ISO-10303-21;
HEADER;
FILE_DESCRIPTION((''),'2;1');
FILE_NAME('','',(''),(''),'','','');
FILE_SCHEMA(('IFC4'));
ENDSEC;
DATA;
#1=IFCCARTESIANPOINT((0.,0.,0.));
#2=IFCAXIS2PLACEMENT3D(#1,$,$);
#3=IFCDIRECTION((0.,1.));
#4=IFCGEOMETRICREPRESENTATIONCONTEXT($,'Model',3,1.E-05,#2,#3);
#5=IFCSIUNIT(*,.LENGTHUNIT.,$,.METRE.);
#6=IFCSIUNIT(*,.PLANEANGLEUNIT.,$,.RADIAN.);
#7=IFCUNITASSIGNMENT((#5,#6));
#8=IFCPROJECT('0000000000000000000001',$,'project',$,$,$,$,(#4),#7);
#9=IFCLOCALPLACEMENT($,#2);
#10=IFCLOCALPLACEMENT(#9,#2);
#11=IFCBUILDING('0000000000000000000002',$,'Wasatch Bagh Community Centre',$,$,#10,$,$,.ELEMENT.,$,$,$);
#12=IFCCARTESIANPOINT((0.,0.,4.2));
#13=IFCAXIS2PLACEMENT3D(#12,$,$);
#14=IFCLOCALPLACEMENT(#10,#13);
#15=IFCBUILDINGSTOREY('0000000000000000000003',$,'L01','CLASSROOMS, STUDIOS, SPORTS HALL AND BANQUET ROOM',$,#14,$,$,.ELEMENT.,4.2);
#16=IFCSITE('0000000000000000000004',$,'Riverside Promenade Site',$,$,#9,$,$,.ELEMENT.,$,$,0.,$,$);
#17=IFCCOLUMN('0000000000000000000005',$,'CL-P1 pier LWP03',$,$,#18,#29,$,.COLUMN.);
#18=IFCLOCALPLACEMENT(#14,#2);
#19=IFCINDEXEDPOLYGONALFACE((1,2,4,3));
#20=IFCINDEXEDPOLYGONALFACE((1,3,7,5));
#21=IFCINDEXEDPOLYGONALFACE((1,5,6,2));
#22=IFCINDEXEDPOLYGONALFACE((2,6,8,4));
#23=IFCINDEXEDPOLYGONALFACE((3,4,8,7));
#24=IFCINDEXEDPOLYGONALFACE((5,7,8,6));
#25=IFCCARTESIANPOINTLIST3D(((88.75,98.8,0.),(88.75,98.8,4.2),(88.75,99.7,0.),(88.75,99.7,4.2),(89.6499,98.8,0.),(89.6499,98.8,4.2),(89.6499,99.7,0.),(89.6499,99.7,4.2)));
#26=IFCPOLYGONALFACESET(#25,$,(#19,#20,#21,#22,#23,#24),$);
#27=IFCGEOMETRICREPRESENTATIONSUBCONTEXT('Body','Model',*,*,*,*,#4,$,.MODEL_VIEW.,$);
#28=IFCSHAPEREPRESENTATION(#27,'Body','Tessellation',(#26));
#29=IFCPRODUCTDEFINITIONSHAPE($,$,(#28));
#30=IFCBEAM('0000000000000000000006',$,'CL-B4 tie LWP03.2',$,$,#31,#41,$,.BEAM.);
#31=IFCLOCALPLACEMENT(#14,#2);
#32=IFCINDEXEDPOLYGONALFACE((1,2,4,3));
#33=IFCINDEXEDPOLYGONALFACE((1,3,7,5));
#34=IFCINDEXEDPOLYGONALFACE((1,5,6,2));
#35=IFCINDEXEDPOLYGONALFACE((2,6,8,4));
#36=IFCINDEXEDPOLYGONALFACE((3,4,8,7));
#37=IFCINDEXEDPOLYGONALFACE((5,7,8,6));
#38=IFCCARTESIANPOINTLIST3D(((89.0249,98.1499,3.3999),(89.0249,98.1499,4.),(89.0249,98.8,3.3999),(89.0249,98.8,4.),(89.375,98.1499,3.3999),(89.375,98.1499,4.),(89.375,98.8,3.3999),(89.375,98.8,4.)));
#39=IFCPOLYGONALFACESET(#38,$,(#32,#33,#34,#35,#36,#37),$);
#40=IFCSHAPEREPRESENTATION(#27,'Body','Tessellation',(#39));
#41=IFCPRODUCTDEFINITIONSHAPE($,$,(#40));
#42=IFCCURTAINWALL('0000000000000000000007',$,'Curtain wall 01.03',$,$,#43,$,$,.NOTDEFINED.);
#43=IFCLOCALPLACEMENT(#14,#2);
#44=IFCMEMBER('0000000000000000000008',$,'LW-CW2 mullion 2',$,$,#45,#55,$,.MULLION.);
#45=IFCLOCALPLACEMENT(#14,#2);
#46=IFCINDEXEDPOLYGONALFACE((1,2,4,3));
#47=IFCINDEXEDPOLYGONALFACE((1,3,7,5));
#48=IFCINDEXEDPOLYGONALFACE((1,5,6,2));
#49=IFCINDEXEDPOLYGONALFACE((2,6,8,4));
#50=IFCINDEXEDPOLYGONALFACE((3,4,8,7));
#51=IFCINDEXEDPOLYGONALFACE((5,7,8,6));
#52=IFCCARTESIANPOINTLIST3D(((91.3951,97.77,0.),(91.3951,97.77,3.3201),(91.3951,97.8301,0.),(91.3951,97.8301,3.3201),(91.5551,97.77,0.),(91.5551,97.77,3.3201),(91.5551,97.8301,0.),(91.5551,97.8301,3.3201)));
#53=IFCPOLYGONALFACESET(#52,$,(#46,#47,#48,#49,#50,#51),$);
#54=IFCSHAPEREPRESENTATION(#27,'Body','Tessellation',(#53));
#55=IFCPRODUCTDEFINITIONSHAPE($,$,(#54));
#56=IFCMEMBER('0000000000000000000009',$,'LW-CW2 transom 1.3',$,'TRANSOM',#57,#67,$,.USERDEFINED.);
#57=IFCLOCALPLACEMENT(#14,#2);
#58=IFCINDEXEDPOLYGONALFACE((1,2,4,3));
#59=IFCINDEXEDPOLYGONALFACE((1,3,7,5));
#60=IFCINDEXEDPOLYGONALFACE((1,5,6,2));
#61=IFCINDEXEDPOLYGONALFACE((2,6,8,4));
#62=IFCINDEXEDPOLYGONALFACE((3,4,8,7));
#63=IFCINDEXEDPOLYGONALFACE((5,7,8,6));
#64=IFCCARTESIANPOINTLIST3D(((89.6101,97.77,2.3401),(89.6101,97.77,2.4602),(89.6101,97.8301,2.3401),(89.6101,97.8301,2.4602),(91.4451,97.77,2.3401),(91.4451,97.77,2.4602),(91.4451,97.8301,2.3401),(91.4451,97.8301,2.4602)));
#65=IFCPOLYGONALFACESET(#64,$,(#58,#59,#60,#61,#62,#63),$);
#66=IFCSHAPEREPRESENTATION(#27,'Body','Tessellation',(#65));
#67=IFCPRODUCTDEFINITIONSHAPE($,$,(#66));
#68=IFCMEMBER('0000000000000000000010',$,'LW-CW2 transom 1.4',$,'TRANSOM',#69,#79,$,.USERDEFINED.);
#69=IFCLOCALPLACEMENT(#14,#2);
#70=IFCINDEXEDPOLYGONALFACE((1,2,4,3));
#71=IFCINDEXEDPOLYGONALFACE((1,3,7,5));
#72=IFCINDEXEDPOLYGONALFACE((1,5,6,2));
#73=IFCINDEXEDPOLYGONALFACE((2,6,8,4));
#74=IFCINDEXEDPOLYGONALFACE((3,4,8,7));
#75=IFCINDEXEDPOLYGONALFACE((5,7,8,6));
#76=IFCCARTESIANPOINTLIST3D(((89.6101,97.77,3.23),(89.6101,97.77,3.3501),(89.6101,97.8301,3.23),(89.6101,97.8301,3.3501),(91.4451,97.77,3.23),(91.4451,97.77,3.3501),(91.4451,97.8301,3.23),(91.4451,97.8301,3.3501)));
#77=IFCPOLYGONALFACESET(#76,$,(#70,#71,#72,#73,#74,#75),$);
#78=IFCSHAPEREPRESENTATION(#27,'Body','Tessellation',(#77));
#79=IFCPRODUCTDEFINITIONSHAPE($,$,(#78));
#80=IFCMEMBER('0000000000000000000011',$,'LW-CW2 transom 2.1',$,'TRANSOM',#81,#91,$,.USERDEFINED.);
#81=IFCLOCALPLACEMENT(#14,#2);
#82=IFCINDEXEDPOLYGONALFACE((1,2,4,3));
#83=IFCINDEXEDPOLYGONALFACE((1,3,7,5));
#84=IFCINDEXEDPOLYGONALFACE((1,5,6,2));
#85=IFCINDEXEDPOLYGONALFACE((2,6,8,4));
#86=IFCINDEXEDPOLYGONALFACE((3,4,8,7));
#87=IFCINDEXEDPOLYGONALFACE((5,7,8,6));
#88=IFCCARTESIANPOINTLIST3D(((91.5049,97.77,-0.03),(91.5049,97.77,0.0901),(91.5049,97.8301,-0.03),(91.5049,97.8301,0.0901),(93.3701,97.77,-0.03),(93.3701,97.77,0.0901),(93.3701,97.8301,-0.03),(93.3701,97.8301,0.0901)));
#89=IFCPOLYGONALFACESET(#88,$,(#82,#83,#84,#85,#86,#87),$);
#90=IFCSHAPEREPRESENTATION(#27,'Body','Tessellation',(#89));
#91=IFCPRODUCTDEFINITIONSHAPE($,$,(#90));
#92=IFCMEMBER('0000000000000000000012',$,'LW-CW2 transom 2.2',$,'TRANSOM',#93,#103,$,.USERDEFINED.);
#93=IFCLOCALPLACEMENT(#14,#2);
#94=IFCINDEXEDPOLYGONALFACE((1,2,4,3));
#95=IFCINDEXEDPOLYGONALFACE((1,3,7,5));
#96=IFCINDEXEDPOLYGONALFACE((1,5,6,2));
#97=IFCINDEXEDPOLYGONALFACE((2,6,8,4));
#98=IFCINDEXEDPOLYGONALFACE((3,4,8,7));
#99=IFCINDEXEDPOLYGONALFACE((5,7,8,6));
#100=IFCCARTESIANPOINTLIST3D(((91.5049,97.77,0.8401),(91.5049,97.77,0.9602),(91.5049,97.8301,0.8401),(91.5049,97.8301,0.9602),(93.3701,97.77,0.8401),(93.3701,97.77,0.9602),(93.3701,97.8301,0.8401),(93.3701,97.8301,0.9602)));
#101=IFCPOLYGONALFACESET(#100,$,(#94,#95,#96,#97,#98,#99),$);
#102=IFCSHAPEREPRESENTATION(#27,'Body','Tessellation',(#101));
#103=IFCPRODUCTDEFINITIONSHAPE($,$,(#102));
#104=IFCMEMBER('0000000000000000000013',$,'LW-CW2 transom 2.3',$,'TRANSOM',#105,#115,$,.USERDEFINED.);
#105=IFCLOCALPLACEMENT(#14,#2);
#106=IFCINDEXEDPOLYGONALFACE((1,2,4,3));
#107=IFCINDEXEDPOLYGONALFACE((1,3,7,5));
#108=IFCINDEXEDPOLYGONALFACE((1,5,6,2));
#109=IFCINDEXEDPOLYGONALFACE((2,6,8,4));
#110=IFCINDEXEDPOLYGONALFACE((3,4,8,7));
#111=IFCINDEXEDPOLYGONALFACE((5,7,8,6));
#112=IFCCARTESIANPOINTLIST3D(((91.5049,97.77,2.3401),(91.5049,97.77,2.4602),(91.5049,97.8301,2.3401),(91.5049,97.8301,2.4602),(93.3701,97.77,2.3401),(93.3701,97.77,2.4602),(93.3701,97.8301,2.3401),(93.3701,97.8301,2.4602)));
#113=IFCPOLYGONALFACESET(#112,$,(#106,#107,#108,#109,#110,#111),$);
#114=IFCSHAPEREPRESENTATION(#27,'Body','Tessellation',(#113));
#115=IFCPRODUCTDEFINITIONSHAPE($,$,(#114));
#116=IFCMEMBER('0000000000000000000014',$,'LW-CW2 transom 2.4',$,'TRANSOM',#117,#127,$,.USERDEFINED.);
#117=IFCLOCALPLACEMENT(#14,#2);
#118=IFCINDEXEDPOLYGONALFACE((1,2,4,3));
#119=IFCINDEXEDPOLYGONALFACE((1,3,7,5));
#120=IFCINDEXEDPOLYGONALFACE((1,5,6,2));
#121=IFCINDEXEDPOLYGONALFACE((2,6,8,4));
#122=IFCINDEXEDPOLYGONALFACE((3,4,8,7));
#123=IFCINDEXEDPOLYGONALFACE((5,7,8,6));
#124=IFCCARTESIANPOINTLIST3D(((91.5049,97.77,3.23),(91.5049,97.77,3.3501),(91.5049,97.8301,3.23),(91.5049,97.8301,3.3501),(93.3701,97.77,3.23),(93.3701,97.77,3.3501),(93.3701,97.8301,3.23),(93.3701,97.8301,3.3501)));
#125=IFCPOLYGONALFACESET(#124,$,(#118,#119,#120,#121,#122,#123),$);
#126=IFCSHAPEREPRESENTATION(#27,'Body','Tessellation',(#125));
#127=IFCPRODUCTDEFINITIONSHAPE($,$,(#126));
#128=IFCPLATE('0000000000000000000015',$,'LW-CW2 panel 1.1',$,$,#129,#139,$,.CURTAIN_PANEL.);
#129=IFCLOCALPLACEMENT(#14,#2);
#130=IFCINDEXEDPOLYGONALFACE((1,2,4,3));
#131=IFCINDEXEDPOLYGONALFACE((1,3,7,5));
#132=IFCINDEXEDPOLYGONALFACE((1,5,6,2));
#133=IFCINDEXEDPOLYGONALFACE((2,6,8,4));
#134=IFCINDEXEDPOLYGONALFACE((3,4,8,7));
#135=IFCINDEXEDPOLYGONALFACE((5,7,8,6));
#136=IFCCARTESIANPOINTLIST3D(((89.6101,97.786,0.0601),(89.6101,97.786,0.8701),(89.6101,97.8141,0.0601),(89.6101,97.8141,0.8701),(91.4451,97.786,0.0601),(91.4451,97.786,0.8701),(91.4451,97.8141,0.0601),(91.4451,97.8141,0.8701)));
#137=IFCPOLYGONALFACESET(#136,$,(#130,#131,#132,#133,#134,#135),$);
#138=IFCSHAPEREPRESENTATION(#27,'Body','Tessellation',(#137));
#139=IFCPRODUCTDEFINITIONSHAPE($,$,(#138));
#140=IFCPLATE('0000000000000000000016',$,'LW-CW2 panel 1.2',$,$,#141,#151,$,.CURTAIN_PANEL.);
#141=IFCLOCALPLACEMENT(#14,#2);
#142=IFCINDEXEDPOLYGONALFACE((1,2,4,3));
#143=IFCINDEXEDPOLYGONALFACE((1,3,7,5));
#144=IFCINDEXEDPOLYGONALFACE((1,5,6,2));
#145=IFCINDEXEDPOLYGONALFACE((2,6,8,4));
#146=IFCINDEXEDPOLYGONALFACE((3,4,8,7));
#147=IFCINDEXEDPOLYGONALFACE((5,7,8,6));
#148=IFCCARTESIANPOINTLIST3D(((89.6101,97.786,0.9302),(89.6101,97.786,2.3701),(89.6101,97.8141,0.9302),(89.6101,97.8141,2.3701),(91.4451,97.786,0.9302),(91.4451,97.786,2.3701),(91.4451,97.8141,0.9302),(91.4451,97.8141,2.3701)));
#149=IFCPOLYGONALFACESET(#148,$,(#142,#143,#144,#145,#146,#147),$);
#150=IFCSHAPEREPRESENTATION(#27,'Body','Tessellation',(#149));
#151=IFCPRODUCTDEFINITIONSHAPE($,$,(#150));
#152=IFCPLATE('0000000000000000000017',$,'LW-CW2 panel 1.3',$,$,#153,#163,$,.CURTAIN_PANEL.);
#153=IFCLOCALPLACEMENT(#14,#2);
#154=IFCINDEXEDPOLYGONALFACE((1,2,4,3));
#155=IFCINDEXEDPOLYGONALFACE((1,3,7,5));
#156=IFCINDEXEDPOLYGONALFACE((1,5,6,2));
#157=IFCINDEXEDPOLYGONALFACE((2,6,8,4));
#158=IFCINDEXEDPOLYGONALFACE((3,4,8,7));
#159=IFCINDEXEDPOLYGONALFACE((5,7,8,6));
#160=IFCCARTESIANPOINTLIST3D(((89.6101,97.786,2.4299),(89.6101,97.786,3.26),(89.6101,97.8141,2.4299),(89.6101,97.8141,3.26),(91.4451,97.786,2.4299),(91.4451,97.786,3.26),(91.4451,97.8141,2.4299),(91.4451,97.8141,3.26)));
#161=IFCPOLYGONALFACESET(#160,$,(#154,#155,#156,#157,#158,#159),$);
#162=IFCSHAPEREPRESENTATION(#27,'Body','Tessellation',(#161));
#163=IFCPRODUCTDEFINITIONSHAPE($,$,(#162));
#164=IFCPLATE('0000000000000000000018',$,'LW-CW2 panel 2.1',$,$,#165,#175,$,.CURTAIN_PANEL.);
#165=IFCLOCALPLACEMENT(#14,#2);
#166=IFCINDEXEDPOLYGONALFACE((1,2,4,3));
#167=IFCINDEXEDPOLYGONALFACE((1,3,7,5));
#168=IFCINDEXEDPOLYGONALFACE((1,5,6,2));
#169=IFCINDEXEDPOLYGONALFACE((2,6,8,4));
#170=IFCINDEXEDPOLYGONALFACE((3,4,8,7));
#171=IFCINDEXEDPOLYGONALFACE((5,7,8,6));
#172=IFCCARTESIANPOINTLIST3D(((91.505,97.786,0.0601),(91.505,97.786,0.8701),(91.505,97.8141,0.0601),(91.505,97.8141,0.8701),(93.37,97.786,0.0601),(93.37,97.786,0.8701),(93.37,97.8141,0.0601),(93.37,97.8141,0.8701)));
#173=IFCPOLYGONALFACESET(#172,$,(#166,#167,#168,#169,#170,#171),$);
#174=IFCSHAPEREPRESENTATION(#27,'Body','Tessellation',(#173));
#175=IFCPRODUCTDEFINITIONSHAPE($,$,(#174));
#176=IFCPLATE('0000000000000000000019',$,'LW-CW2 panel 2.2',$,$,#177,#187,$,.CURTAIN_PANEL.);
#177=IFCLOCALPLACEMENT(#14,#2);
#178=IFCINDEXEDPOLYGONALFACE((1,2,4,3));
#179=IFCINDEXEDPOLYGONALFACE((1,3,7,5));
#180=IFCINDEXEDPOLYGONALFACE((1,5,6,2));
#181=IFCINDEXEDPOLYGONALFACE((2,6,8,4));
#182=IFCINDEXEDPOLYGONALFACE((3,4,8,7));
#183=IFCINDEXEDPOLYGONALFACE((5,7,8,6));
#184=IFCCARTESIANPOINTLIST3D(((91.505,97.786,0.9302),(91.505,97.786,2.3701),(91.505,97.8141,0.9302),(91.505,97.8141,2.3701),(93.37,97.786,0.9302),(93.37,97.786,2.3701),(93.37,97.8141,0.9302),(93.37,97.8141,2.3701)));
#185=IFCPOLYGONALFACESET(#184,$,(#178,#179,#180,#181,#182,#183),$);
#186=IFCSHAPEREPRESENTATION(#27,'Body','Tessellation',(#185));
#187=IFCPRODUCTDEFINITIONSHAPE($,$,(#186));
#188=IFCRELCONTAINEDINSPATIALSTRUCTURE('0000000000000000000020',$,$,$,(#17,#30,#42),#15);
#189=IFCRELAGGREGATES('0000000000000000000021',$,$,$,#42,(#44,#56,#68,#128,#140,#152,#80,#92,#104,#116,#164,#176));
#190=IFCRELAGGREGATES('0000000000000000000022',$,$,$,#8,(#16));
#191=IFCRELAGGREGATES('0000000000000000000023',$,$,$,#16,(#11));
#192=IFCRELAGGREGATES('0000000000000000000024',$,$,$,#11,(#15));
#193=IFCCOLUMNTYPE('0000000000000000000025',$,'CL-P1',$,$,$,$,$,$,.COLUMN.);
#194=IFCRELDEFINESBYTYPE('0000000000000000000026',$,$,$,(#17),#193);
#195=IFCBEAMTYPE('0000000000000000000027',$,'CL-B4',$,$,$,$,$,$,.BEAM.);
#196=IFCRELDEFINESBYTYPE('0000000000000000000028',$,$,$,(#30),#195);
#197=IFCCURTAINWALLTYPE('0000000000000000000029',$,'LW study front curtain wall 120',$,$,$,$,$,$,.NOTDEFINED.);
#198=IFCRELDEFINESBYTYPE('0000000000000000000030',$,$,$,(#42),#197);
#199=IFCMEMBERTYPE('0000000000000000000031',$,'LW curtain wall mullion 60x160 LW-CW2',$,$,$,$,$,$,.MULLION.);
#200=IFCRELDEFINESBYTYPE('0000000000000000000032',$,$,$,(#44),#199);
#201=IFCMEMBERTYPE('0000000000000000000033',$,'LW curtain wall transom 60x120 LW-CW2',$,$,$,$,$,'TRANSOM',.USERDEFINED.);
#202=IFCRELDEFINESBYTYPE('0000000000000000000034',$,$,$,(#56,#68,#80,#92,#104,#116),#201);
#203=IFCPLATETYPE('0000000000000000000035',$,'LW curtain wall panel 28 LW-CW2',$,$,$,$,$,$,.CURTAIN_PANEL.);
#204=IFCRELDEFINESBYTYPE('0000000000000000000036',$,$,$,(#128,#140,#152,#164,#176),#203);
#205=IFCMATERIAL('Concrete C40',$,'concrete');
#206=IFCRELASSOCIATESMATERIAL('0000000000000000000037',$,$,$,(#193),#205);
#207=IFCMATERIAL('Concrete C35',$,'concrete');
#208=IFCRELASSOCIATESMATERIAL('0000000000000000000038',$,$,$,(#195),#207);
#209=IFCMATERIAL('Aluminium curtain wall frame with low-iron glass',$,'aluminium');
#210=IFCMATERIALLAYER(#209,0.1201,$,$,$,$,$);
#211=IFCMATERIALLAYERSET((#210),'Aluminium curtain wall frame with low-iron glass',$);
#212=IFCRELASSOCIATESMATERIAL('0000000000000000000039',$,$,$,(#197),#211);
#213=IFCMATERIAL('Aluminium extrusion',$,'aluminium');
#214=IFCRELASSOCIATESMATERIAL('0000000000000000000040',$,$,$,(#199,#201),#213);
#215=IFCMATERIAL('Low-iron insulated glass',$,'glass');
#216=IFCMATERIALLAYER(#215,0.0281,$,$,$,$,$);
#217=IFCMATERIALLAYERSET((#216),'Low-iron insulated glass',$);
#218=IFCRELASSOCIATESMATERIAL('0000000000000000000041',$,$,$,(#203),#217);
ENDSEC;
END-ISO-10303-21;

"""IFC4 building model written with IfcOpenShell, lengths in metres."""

from ifc_helpers import new_model, si_unit, direction, frame, origin, origin_2d, place, context, subcontext, project, spatial, rectangle, extrude, material, layer, layer_set, material_profile, profile_set, type_object, element, aggregate, save


model = new_model("IFC4")

# Units and contexts
model_context = context("Model", 3, precision=1e-05, world=origin(), true_north=direction((0.0, 1.0)))
body_context = subcontext(model_context, "Body", "Model", "MODEL_VIEW")
ifc_project = project(units=[si_unit("LENGTHUNIT", "METRE"), si_unit("PLANEANGLEUNIT", "RADIAN")], contexts=[model_context])

# Site, building, storey
site_placement = place(None, origin())
site = spatial("IfcSite", under=ifc_project, at=site_placement, Name="Riverside Promenade Site", CompositionType="ELEMENT", RefElevation=0.0)
building_placement = place(site_placement, origin())
building = spatial("IfcBuilding", under=site, at=building_placement, Name="Wasatch Bagh Community Centre", CompositionType="ELEMENT")
storey_placement = place(building_placement, frame((0.0, 0.0, 4.2)))
storey = spatial("IfcBuildingStorey", under=building, at=storey_placement, Name="L01", Description="CLASSROOMS, STUDIOS, SPORTS HALL AND BANQUET ROOM", CompositionType="ELEMENT", Elevation=4.2)

# Column
ifc_material_1 = material(Name="Concrete C40", Category="concrete")
ifc_material_profile_1 = material_profile(ifc_material_1, rectangle(XDim=0.8999, YDim=0.8999, at=origin_2d()), Name="RC 900x900")
ifc_profile_set_1 = profile_set([ifc_material_profile_1], Name="Concrete C40")
column_type = type_object("IfcColumnType", Name="CL-P1", PredefinedType="COLUMN", material=ifc_profile_set_1)
column_placement = place(storey_placement, frame((89.2, 99.25, 0.0), z_axis=(0.0, 0.0, 1.0), x_axis=(1.0, 0.0, 0.0)))
element("IfcColumn", 1, at=column_placement, inside=storey, type_object=column_type, Name="CL-P1 pier LWP03", PredefinedType="COLUMN", context=body_context, shape_type="SweptSolid", body=[
    extrude(rectangle(XDim=0.8999, YDim=0.8999, at=origin_2d()), origin(), (0.0, 0.0, 1.0), 4.2),
])

# Beam
ifc_material_2 = material(Name="Concrete C35", Category="concrete")
ifc_material_profile_2 = material_profile(ifc_material_2, rectangle(XDim=0.3501, YDim=0.6001, at=origin_2d()), Name="RC 350x600")
ifc_profile_set_2 = profile_set([ifc_material_profile_2], Name="Concrete C35")
beam_type = type_object("IfcBeamType", Name="CL-B4", PredefinedType="BEAM", material=ifc_profile_set_2)
beam_placement = place(storey_placement, frame((89.2, 98.1499, 3.7), z_axis=(0.0, 1.0, 0.0), x_axis=(-1.0, 0.0, 0.0)))
element("IfcBeam", 2, at=beam_placement, inside=storey, type_object=beam_type, Name="CL-B4 tie LWP03.2", PredefinedType="BEAM", context=body_context, shape_type="SweptSolid", body=[
    extrude(rectangle(XDim=0.3501, YDim=0.6001, at=origin_2d()), origin(), (0.0, 0.0, 1.0), 0.6501),
])

# Curtain wall, members, plates
ifc_material_3 = material(Name="Aluminium curtain wall frame with low-iron glass", Category="aluminium")
ifc_layer_1 = layer(ifc_material_3, 0.1201)
ifc_layer_set_1 = layer_set([ifc_layer_1], Name="Aluminium curtain wall frame with low-iron glass")
curtain_wall_type = type_object("IfcCurtainWallType", Name="LW study front curtain wall 120", PredefinedType="NOTDEFINED", material=ifc_layer_set_1)
curtain_wall_placement = place(storey_placement, origin())
curtain_wall = element("IfcCurtainWall", 3, at=curtain_wall_placement, inside=storey, type_object=curtain_wall_type, Name="Curtain wall 01.03", PredefinedType="NOTDEFINED")
ifc_material_4 = material(Name="Aluminium extrusion", Category="aluminium")
ifc_material_profile_3 = material_profile(ifc_material_4, rectangle(XDim=0.0601, YDim=0.1599, at=origin_2d()), Name="AL 60x160")
ifc_profile_set_3 = profile_set([ifc_material_profile_3], Name="Aluminium extrusion")
member_type_1 = type_object("IfcMemberType", Name="LW curtain wall mullion 60x160 LW-CW2", PredefinedType="MULLION", material=ifc_profile_set_3)
member_1_placement = place(storey_placement, frame((91.4751, 97.8, 0.0), z_axis=(0.0, 0.0, 1.0), x_axis=(0.0, 1.0, 0.0)))
member_1 = element("IfcMember", 4, at=member_1_placement, type_object=member_type_1, Name="LW-CW2 mullion 2", PredefinedType="MULLION", context=body_context, shape_type="SweptSolid", body=[
    extrude(rectangle(XDim=0.0601, YDim=0.1599, at=origin_2d()), origin(), (0.0, 0.0, 1.0), 3.3201),
])
ifc_material_profile_4 = material_profile(ifc_material_4, rectangle(XDim=0.0601, YDim=0.1201, at=origin_2d()), Name="AL 60x120")
ifc_profile_set_4 = profile_set([ifc_material_profile_4], Name="Aluminium extrusion")
member_type_2 = type_object("IfcMemberType", Name="LW curtain wall transom 60x120 LW-CW2", ElementType="TRANSOM", PredefinedType="USERDEFINED", material=ifc_profile_set_4)
member_2_placement = place(storey_placement, frame((89.6101, 97.8, 2.4001), z_axis=(1.0, 0.0, 0.0), x_axis=(0.0, 1.0, 0.0)))
member_2 = element("IfcMember", 5, at=member_2_placement, type_object=member_type_2, Name="LW-CW2 transom 1.3", ObjectType="TRANSOM", PredefinedType="USERDEFINED", context=body_context, shape_type="SweptSolid", body=[
    extrude(rectangle(XDim=0.0601, YDim=0.1201, at=origin_2d()), origin(), (0.0, 0.0, 1.0), 1.835),
])
member_3_placement = place(storey_placement, frame((89.6101, 97.8, 3.29), z_axis=(1.0, 0.0, 0.0), x_axis=(0.0, 1.0, 0.0)))
member_3 = element("IfcMember", 6, at=member_3_placement, type_object=member_type_2, Name="LW-CW2 transom 1.4", ObjectType="TRANSOM", PredefinedType="USERDEFINED", context=body_context, shape_type="SweptSolid", body=[
    extrude(rectangle(XDim=0.0601, YDim=0.1201, at=origin_2d()), origin(), (0.0, 0.0, 1.0), 1.835),
])
member_4_placement = place(storey_placement, frame((91.5049, 97.8, 0.03), z_axis=(1.0, 0.0, 0.0), x_axis=(0.0, 1.0, 0.0)))
member_4 = element("IfcMember", 7, at=member_4_placement, type_object=member_type_2, Name="LW-CW2 transom 2.1", ObjectType="TRANSOM", PredefinedType="USERDEFINED", context=body_context, shape_type="SweptSolid", body=[
    extrude(rectangle(XDim=0.0601, YDim=0.1201, at=origin_2d()), origin(), (0.0, 0.0, 1.0), 1.8652),
])
member_5_placement = place(storey_placement, frame((91.5049, 97.8, 0.9001), z_axis=(1.0, 0.0, 0.0), x_axis=(0.0, 1.0, 0.0)))
member_5 = element("IfcMember", 8, at=member_5_placement, type_object=member_type_2, Name="LW-CW2 transom 2.2", ObjectType="TRANSOM", PredefinedType="USERDEFINED", context=body_context, shape_type="SweptSolid", body=[
    extrude(rectangle(XDim=0.0601, YDim=0.1201, at=origin_2d()), origin(), (0.0, 0.0, 1.0), 1.8652),
])
member_6_placement = place(storey_placement, frame((91.5049, 97.8, 2.4001), z_axis=(1.0, 0.0, 0.0), x_axis=(0.0, 1.0, 0.0)))
member_6 = element("IfcMember", 9, at=member_6_placement, type_object=member_type_2, Name="LW-CW2 transom 2.3", ObjectType="TRANSOM", PredefinedType="USERDEFINED", context=body_context, shape_type="SweptSolid", body=[
    extrude(rectangle(XDim=0.0601, YDim=0.1201, at=origin_2d()), origin(), (0.0, 0.0, 1.0), 1.8652),
])
member_7_placement = place(storey_placement, frame((91.5049, 97.8, 3.29), z_axis=(1.0, 0.0, 0.0), x_axis=(0.0, 1.0, 0.0)))
member_7 = element("IfcMember", 10, at=member_7_placement, type_object=member_type_2, Name="LW-CW2 transom 2.4", ObjectType="TRANSOM", PredefinedType="USERDEFINED", context=body_context, shape_type="SweptSolid", body=[
    extrude(rectangle(XDim=0.0601, YDim=0.1201, at=origin_2d()), origin(), (0.0, 0.0, 1.0), 1.8652),
])
ifc_material_5 = material(Name="Low-iron insulated glass", Category="glass")
ifc_layer_2 = layer(ifc_material_5, 0.0281)
ifc_layer_set_2 = layer_set([ifc_layer_2], Name="Low-iron insulated glass")
plate_type_1 = type_object("IfcPlateType", Name="LW curtain wall panel 28 LW-CW2", PredefinedType="CURTAIN_PANEL", material=ifc_layer_set_2)
plate_1_placement = place(storey_placement, frame((90.5276, 97.8, 0.0601), z_axis=(0.0, 0.0, 1.0), x_axis=(1.0, 0.0, 0.0)))
plate_1 = element("IfcPlate", 11, at=plate_1_placement, type_object=plate_type_1, Name="LW-CW2 panel 1.1", PredefinedType="CURTAIN_PANEL", context=body_context, shape_type="SweptSolid", body=[
    extrude(rectangle(XDim=1.835, YDim=0.0281, at=origin_2d()), origin(), (0.0, 0.0, 1.0), 0.8101),
])
plate_2_placement = place(storey_placement, frame((90.5276, 97.8, 0.9302), z_axis=(0.0, 0.0, 1.0), x_axis=(1.0, 0.0, 0.0)))
plate_2 = element("IfcPlate", 12, at=plate_2_placement, type_object=plate_type_1, Name="LW-CW2 panel 1.2", PredefinedType="CURTAIN_PANEL", context=body_context, shape_type="SweptSolid", body=[
    extrude(rectangle(XDim=1.835, YDim=0.0281, at=origin_2d()), origin(), (0.0, 0.0, 1.0), 1.4399),
])
plate_3_placement = place(storey_placement, frame((90.5276, 97.8, 2.4299), z_axis=(0.0, 0.0, 1.0), x_axis=(1.0, 0.0, 0.0)))
plate_3 = element("IfcPlate", 13, at=plate_3_placement, type_object=plate_type_1, Name="LW-CW2 panel 1.3", PredefinedType="CURTAIN_PANEL", context=body_context, shape_type="SweptSolid", body=[
    extrude(rectangle(XDim=1.835, YDim=0.0281, at=origin_2d()), origin(), (0.0, 0.0, 1.0), 0.8301),
])
plate_4_placement = place(storey_placement, frame((92.4375, 97.8, 0.0601), z_axis=(0.0, 0.0, 1.0), x_axis=(1.0, 0.0, 0.0)))
plate_4 = element("IfcPlate", 14, at=plate_4_placement, type_object=plate_type_1, Name="LW-CW2 panel 2.1", PredefinedType="CURTAIN_PANEL", context=body_context, shape_type="SweptSolid", body=[
    extrude(rectangle(XDim=1.865, YDim=0.0281, at=origin_2d()), origin(), (0.0, 0.0, 1.0), 0.8101),
])
plate_5_placement = place(storey_placement, frame((92.4375, 97.8, 0.9302), z_axis=(0.0, 0.0, 1.0), x_axis=(1.0, 0.0, 0.0)))
plate_5 = element("IfcPlate", 15, at=plate_5_placement, type_object=plate_type_1, Name="LW-CW2 panel 2.2", PredefinedType="CURTAIN_PANEL", context=body_context, shape_type="SweptSolid", body=[
    extrude(rectangle(XDim=1.865, YDim=0.0281, at=origin_2d()), origin(), (0.0, 0.0, 1.0), 1.4399),
])
aggregate(curtain_wall, [member_1, member_2, member_3, plate_1, plate_2, plate_3, member_4, member_5, member_6, member_7, plate_4, plate_5])

save(model, "model.ifc")
